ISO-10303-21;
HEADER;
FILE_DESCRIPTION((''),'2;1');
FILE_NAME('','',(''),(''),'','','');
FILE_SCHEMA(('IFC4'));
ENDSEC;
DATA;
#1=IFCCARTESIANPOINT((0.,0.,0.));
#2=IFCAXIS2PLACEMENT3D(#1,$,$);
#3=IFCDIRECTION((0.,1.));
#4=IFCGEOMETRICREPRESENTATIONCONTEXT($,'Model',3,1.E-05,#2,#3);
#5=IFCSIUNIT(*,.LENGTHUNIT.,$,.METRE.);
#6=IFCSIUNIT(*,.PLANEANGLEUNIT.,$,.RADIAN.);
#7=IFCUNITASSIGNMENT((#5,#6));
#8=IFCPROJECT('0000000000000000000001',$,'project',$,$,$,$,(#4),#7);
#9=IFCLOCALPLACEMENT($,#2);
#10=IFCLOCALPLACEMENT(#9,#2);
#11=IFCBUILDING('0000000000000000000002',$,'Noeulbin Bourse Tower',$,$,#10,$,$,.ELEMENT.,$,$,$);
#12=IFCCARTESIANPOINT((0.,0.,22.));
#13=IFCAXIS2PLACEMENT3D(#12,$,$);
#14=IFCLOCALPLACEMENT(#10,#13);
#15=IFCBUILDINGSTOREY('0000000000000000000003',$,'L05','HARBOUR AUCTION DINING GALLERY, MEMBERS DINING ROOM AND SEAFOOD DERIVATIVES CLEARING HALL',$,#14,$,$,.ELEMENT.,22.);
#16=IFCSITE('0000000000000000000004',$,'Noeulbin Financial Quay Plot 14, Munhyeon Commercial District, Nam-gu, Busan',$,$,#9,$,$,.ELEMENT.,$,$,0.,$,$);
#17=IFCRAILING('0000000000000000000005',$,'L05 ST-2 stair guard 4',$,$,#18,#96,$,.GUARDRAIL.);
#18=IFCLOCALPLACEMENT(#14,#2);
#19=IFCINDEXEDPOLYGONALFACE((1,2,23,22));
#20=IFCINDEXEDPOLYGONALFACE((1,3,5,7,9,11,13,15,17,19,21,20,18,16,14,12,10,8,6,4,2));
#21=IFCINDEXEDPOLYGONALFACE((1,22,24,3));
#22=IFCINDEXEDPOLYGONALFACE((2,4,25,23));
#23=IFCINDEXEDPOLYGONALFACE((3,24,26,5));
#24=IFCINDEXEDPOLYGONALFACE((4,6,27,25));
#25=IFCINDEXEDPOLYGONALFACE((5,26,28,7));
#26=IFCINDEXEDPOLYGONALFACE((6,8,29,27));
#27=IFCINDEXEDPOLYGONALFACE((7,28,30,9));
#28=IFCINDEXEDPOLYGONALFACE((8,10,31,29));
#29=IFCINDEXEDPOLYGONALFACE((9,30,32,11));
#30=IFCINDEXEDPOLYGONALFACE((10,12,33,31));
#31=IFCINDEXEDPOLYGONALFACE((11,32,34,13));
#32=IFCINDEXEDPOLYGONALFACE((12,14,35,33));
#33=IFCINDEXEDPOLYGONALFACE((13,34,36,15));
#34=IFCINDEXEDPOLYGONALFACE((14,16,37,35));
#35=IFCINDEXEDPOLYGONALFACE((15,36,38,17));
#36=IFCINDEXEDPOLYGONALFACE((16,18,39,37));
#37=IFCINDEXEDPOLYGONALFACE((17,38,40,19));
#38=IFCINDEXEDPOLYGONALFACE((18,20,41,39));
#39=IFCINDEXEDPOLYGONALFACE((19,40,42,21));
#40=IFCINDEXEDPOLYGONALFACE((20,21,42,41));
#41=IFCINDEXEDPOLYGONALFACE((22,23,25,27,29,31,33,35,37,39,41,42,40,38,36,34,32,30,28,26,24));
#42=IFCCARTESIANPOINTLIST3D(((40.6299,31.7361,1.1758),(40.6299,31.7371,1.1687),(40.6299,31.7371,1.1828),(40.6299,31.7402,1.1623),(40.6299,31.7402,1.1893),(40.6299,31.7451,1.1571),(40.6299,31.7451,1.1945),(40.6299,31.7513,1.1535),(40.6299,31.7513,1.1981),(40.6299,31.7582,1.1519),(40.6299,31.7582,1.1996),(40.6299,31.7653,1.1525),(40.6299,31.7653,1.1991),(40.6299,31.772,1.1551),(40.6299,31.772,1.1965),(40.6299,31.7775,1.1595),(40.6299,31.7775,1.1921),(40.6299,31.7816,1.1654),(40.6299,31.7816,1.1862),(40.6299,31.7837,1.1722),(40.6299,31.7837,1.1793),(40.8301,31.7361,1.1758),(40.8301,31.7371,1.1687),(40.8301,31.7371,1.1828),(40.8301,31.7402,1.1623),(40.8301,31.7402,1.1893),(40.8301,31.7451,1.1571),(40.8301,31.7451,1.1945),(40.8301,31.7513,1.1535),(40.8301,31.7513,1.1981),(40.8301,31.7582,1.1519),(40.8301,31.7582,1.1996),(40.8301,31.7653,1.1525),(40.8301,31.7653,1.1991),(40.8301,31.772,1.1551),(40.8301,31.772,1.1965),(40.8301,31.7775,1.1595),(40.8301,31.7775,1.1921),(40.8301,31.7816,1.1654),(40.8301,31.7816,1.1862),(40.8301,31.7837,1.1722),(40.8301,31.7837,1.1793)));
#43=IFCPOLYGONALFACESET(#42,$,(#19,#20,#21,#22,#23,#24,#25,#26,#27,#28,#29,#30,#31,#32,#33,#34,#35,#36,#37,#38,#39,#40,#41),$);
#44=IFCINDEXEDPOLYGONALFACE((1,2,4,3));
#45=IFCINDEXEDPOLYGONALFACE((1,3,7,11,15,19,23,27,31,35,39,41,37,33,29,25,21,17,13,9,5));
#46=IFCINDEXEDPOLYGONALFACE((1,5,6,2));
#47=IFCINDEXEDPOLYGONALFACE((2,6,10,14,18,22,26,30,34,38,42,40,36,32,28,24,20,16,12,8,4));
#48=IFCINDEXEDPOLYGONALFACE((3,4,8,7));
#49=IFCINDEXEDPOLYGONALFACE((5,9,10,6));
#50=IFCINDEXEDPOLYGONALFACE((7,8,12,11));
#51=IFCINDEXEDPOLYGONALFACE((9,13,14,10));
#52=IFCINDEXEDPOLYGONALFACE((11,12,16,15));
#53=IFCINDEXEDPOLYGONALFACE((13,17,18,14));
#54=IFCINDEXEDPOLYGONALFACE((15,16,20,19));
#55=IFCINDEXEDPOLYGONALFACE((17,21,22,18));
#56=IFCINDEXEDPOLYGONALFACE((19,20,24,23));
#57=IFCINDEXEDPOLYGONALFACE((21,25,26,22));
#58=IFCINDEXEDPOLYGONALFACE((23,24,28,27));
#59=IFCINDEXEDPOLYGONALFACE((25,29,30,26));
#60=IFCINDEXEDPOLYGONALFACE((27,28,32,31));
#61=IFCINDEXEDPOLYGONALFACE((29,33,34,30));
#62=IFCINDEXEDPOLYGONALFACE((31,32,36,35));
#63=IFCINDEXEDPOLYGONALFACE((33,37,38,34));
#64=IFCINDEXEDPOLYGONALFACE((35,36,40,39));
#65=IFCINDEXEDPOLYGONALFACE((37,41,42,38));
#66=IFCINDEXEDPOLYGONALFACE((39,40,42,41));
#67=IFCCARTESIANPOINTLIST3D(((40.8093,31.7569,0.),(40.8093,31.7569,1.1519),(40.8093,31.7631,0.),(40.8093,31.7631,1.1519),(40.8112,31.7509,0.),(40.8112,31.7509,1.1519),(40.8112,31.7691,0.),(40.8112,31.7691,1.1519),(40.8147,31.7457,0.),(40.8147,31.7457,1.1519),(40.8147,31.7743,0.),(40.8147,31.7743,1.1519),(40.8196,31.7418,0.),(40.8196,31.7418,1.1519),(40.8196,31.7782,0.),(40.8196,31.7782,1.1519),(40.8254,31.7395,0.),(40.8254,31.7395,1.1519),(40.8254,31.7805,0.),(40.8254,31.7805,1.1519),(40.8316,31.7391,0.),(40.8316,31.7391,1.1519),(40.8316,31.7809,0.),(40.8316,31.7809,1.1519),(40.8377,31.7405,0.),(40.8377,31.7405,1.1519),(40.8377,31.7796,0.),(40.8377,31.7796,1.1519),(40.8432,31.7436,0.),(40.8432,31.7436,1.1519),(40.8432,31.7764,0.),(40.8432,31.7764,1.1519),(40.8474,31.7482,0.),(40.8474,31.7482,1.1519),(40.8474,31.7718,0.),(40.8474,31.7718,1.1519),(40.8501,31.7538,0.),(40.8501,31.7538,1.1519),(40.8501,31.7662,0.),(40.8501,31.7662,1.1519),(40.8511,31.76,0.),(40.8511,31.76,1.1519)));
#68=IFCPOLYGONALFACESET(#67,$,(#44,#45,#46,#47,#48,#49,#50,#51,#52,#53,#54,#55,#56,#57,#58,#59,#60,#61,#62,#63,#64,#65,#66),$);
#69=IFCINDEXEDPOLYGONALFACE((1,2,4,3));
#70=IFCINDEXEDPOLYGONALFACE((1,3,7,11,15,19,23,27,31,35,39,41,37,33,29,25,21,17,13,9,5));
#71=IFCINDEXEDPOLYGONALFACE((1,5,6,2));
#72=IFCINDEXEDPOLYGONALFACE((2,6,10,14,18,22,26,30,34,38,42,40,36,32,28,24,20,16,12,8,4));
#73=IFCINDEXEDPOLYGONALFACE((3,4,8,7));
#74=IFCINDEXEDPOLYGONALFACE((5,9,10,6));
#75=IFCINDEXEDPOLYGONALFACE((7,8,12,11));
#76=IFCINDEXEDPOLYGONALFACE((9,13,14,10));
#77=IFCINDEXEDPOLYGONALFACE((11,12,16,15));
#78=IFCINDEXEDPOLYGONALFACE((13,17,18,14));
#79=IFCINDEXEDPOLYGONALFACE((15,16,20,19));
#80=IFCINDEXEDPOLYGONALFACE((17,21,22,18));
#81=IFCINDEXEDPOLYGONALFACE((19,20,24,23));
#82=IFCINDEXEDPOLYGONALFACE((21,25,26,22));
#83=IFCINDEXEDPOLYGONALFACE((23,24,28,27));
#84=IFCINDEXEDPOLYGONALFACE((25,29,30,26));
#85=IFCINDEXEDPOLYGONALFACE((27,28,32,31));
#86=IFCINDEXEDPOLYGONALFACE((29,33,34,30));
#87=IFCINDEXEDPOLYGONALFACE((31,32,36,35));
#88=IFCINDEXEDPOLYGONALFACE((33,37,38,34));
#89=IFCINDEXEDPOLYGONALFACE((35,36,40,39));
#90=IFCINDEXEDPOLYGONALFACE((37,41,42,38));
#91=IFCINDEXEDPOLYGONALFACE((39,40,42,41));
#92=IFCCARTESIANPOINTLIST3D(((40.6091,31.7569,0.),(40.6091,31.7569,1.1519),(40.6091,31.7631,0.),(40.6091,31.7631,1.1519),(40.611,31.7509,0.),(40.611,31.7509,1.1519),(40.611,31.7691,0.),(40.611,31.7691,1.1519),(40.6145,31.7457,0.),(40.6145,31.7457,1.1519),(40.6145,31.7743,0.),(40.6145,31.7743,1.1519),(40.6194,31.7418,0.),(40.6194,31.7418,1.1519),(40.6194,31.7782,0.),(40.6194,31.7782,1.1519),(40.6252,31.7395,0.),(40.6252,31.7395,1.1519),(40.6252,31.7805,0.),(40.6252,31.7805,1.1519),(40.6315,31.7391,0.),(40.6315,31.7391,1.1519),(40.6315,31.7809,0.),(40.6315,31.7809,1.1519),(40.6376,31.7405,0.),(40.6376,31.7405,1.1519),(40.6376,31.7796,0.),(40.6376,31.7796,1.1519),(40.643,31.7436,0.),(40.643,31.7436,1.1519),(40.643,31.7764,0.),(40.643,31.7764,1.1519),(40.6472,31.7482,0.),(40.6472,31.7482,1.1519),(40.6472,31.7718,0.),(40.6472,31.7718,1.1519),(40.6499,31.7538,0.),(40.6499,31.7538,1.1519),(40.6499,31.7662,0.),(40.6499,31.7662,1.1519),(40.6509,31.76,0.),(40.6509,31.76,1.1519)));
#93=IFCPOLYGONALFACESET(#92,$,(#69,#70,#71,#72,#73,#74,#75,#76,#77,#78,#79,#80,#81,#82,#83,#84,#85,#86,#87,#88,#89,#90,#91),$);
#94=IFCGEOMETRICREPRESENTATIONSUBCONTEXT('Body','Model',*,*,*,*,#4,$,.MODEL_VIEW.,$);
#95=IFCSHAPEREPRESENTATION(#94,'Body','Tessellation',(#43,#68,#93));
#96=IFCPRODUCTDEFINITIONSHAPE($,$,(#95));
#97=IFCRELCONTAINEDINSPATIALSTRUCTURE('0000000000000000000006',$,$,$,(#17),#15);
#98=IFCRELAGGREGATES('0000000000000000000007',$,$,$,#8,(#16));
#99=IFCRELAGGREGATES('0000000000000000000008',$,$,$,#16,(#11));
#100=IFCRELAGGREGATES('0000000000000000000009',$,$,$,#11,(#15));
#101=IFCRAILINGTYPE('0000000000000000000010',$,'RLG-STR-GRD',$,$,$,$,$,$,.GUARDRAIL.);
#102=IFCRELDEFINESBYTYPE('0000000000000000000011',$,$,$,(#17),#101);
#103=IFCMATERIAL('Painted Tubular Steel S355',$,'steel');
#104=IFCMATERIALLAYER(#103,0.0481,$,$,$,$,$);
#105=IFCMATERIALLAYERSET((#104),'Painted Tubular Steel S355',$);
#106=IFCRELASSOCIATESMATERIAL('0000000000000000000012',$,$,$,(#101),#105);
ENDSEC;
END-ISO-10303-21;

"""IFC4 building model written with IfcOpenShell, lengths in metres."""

from ifc_helpers import new_model, si_unit, direction, frame, origin, origin_2d, place, context, subcontext, project, spatial, circle, extrude, material, layer, layer_set, type_object, element, save


model = new_model("IFC4")

# Units and contexts
model_context = context("Model", 3, precision=1e-05, world=origin(), true_north=direction((0.0, 1.0)))
body_context = subcontext(model_context, "Body", "Model", "MODEL_VIEW")
ifc_project = project(units=[si_unit("LENGTHUNIT", "METRE"), si_unit("PLANEANGLEUNIT", "RADIAN")], contexts=[model_context])

# Site, building, storey
site_placement = place(None, origin())
site = spatial("IfcSite", under=ifc_project, at=site_placement, Name="Noeulbin Financial Quay Plot 14, Munhyeon Commercial District, Nam-gu, Busan", CompositionType="ELEMENT", RefElevation=0.0)
building_placement = place(site_placement, origin())
building = spatial("IfcBuilding", under=site, at=building_placement, Name="Noeulbin Bourse Tower", CompositionType="ELEMENT")
storey_placement = place(building_placement, frame((0.0, 0.0, 22.0)))
storey = spatial("IfcBuildingStorey", under=building, at=storey_placement, Name="L05", Description="HARBOUR AUCTION DINING GALLERY, MEMBERS DINING ROOM AND SEAFOOD DERIVATIVES CLEARING HALL", CompositionType="ELEMENT", Elevation=22.0)

# Railing
ifc_material_1 = material(Name="Painted Tubular Steel S355", Category="steel")
ifc_layer_1 = layer(ifc_material_1, 0.0481)
ifc_layer_set_1 = layer_set([ifc_layer_1], Name="Painted Tubular Steel S355")
railing_type_1 = type_object("IfcRailingType", Name="RLG-STR-GRD", PredefinedType="GUARDRAIL", material=ifc_layer_set_1)
railing_1_placement = place(storey_placement, frame((40.8301, 31.76, 0.0)))
element("IfcRailing", 1, at=railing_1_placement, inside=storey, type_object=railing_type_1, Name="L05 ST-2 stair guard 4", PredefinedType="GUARDRAIL", context=body_context, shape_type="SweptSolid", body=[
    extrude(circle(Radius=0.0239, at=origin_2d()), frame((0.0, 0.0, 1.1758), z_axis=(-1.0, 0.0, 0.0), x_axis=(0.0, -1.0, 0.0)), (0.0, 0.0, 1.0), 0.2002),
    extrude(circle(Radius=0.021, at=origin_2d()), origin(), (0.0, 0.0, 1.0), 1.1519),
    extrude(circle(Radius=0.021, at=origin_2d()), frame((-0.2002, 0.0, 0.0)), (0.0, 0.0, 1.0), 1.1519),
])

save(model, "model.ifc")
